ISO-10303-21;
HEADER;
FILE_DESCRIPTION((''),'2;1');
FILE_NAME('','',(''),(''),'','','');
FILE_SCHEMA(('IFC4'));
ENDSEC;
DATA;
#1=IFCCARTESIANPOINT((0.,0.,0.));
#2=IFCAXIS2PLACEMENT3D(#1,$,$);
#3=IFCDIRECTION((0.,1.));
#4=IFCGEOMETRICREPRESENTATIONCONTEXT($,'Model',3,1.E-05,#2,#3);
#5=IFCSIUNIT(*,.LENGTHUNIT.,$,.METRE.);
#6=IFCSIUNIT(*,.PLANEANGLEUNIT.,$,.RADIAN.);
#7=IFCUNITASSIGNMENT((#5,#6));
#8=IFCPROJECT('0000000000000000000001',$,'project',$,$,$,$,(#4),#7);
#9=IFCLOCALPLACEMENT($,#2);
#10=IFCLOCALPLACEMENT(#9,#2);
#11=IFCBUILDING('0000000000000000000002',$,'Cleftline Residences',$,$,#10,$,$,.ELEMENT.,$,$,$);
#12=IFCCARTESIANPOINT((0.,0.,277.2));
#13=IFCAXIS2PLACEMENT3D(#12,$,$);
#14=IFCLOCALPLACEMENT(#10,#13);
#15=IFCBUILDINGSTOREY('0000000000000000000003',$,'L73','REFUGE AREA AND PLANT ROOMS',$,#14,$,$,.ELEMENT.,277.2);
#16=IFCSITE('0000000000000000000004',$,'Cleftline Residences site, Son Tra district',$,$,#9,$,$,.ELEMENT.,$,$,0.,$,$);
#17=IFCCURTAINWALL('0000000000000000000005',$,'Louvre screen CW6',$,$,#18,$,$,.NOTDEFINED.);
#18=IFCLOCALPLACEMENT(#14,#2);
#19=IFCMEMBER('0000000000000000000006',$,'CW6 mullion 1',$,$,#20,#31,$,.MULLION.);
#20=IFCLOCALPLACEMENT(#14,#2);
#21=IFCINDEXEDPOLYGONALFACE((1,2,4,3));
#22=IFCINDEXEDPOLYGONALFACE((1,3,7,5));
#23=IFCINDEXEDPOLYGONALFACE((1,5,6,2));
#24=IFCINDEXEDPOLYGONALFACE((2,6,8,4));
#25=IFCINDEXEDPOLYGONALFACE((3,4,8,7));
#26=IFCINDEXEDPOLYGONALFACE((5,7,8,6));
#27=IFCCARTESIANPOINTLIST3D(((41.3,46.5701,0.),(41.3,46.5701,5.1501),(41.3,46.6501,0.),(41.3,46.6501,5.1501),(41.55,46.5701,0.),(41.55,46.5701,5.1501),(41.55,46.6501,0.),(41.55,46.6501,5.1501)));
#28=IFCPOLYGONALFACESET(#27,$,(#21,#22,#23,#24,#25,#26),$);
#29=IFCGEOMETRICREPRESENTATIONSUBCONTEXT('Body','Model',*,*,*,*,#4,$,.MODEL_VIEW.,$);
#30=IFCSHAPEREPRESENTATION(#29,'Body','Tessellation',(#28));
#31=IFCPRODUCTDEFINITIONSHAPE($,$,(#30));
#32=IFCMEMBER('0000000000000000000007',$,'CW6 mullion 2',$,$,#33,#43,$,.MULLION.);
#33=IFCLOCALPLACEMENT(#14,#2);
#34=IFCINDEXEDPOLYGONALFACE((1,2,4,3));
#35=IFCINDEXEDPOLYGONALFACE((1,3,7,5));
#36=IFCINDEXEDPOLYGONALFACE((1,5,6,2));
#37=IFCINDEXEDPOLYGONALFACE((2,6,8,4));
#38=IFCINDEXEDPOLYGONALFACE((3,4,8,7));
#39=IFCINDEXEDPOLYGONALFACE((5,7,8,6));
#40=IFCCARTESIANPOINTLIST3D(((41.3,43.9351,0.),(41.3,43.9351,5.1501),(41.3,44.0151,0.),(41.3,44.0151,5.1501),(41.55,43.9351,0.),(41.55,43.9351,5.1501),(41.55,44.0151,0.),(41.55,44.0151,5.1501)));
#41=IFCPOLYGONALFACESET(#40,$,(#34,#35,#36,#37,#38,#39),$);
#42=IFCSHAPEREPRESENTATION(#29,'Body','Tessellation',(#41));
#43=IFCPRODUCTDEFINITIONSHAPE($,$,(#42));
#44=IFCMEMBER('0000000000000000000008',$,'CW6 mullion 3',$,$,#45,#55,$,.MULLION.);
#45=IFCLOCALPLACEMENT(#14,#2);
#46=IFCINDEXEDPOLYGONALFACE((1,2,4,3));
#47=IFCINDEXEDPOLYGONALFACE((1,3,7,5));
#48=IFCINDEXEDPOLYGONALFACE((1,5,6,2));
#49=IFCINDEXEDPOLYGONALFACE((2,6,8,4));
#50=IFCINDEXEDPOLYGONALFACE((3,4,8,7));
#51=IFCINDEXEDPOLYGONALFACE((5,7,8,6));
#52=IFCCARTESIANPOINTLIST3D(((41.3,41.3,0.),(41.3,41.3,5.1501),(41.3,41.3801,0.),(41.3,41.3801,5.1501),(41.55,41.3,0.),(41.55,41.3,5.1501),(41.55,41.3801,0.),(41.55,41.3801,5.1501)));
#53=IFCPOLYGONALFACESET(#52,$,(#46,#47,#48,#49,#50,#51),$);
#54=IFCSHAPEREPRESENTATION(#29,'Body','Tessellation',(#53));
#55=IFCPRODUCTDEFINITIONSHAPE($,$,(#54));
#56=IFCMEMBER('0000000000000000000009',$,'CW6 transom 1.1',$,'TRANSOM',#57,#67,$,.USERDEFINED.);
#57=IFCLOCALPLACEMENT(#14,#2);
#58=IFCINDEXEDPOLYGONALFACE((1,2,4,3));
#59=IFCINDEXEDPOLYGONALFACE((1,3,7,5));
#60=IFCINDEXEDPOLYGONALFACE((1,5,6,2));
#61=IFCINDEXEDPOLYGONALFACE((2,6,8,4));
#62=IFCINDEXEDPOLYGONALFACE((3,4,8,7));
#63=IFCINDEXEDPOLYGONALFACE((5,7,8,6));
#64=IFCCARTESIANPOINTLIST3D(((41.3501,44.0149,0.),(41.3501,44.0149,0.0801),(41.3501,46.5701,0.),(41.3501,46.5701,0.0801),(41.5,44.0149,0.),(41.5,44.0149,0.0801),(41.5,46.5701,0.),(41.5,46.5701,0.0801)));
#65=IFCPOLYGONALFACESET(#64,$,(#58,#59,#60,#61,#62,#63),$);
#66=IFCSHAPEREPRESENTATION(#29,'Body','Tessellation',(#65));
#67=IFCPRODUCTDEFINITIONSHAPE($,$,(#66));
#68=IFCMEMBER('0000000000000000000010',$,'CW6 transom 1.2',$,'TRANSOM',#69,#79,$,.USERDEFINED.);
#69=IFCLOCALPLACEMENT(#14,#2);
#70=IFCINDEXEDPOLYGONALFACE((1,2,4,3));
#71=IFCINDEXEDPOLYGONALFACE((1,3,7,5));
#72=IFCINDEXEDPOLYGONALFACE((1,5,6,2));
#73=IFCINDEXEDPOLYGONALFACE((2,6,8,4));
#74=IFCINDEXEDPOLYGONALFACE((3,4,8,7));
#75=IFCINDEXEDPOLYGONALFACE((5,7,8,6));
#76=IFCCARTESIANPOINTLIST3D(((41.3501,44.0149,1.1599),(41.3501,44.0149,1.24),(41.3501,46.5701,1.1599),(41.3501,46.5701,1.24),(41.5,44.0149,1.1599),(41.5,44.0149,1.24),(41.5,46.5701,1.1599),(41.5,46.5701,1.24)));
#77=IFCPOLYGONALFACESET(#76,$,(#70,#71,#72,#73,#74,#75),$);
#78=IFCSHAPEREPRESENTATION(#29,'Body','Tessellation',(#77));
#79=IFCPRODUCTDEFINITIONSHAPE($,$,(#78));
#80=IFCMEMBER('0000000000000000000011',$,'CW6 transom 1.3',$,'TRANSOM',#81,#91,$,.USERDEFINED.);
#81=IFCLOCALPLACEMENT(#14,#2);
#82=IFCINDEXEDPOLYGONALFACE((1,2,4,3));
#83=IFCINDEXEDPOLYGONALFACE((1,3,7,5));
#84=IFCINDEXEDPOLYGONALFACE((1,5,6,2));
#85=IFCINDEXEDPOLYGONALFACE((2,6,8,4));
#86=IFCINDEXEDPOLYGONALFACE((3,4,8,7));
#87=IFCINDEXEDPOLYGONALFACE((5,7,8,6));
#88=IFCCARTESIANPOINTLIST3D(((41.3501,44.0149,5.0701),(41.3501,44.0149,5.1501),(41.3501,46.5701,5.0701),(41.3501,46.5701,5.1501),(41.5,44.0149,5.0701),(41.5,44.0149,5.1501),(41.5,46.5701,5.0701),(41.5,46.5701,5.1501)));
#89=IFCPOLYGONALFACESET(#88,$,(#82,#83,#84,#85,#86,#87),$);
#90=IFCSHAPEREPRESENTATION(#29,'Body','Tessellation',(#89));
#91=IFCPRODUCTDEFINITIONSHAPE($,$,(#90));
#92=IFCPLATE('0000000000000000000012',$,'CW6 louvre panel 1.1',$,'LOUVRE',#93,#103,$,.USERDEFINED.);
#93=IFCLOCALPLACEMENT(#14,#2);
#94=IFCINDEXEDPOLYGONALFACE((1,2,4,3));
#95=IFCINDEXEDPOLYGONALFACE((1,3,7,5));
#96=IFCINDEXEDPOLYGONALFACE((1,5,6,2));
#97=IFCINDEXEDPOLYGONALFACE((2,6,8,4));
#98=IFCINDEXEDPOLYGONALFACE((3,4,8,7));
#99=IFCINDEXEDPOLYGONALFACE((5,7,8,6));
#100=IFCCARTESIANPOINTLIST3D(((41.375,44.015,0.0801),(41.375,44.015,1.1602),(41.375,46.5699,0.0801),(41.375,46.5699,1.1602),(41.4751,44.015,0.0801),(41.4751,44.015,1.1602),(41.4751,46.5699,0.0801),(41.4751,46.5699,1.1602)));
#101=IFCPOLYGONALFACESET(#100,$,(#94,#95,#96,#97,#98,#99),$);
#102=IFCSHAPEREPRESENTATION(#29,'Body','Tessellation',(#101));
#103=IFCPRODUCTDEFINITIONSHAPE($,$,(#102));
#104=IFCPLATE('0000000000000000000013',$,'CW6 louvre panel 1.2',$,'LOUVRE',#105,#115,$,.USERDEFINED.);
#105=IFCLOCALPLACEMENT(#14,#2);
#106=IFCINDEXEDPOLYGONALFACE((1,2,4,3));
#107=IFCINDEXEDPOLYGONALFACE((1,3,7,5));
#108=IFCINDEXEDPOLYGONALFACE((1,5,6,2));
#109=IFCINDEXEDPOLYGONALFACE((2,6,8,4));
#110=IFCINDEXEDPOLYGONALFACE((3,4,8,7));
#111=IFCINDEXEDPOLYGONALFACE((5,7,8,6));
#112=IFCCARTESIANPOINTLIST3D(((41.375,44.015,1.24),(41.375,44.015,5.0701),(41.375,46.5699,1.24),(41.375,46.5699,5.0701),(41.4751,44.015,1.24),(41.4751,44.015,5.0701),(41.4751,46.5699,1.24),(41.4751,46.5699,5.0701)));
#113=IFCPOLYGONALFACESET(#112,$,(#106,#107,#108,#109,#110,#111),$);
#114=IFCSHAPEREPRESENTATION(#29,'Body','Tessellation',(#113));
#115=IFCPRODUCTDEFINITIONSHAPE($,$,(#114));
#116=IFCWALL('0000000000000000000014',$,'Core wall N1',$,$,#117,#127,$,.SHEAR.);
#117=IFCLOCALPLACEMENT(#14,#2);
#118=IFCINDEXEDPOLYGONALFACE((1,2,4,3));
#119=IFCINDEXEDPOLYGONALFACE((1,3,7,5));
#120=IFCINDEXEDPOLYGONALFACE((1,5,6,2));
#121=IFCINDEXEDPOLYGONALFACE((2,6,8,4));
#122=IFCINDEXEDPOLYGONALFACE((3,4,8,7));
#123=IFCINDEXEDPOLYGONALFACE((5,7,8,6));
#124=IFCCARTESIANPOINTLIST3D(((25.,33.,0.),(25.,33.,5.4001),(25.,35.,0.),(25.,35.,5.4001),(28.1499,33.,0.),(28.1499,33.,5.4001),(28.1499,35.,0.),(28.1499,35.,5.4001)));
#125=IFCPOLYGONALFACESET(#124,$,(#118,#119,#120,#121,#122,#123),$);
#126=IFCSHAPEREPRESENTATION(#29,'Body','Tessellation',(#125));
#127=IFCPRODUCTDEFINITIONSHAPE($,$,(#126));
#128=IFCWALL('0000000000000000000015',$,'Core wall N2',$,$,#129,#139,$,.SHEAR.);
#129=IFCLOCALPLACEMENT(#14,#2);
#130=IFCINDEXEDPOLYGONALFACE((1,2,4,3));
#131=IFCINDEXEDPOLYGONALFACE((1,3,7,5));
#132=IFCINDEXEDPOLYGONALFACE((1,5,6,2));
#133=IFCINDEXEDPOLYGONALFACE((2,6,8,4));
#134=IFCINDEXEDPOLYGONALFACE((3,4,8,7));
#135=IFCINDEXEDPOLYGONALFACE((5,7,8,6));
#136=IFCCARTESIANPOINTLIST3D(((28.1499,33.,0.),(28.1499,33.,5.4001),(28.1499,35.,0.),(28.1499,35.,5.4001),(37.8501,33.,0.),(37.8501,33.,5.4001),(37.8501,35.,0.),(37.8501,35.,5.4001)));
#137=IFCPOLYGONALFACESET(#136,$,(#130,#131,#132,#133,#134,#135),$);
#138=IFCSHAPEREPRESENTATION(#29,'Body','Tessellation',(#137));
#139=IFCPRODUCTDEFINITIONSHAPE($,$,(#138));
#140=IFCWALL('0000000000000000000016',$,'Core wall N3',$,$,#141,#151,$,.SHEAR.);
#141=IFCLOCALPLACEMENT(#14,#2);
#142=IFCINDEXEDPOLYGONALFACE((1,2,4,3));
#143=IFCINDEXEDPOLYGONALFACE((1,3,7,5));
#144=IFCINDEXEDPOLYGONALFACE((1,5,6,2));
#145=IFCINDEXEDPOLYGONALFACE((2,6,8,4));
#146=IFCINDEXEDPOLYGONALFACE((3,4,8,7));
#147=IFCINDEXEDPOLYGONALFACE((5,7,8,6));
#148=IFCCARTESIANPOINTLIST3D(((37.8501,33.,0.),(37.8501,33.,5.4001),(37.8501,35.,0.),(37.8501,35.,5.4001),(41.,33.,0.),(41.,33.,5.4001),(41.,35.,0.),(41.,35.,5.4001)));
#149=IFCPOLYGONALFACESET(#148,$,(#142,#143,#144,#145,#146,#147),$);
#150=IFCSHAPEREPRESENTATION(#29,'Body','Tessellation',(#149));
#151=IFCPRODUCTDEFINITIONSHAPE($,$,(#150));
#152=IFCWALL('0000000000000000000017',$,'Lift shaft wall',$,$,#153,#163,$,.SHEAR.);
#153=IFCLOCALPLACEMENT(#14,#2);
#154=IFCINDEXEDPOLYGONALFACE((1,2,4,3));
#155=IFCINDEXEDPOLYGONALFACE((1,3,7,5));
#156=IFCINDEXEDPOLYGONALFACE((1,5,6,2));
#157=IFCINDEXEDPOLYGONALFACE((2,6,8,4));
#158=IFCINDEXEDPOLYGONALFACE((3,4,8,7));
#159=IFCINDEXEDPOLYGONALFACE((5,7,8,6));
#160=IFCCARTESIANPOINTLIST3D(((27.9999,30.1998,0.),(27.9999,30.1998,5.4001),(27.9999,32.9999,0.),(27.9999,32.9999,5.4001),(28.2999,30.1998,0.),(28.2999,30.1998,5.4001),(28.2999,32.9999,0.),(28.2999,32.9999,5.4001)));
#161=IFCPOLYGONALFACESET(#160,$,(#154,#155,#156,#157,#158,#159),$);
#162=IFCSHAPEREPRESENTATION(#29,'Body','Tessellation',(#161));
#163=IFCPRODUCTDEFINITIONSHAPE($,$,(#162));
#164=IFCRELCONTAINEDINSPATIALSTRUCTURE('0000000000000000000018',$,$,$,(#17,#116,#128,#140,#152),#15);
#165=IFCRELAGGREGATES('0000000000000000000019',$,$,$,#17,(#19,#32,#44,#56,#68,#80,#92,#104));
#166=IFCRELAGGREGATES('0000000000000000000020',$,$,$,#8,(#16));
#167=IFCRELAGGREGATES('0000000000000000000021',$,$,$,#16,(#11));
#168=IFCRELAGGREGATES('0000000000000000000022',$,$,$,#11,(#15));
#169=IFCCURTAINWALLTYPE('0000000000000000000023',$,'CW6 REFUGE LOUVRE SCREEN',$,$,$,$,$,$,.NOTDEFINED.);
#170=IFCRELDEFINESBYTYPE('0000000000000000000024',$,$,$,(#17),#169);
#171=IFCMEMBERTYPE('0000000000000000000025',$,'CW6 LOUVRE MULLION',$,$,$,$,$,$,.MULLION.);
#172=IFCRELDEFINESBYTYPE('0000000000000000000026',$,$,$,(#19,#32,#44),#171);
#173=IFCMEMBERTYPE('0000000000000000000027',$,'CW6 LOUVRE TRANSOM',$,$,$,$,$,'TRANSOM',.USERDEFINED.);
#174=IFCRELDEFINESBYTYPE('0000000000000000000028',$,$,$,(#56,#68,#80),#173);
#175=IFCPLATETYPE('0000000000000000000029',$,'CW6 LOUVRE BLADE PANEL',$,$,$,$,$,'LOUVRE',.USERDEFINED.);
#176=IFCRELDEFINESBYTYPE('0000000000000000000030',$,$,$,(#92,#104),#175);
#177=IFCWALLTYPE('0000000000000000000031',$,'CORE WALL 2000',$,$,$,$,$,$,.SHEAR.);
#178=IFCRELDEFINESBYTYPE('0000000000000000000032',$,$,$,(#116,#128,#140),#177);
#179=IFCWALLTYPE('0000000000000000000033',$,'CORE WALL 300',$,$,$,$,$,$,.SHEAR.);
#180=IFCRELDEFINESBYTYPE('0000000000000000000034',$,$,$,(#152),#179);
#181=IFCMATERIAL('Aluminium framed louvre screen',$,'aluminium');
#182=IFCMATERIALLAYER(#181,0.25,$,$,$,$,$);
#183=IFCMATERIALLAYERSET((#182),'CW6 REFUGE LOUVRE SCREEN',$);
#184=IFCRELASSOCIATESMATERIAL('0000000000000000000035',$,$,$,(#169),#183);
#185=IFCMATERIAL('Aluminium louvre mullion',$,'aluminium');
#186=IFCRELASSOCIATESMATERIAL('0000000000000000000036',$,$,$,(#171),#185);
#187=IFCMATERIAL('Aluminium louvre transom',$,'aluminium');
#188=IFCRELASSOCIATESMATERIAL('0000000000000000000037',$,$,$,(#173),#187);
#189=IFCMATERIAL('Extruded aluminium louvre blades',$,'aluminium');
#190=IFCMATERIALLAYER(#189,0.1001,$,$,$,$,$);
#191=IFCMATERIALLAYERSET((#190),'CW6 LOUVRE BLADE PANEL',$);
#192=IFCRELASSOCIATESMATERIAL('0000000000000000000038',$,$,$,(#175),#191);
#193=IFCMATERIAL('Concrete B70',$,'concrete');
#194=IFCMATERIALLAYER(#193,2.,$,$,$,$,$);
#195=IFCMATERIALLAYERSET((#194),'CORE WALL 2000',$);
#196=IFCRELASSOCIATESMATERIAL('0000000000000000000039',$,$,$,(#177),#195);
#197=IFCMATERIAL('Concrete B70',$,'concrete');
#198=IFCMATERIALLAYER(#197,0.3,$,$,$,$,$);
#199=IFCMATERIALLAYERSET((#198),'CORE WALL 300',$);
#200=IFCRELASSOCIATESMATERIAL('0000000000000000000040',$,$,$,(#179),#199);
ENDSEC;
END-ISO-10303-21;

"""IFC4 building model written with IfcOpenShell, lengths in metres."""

from ifc_helpers import new_model, si_unit, direction, frame, frame_2d, origin, origin_2d, place, context, subcontext, project, spatial, rectangle, extrude, material, layer, layer_set, material_profile, profile_set, type_object, element, aggregate, save


model = new_model("IFC4")

# Units and contexts
model_context = context("Model", 3, precision=1e-05, world=origin(), true_north=direction((0.0, 1.0)))
body_context = subcontext(model_context, "Body", "Model", "MODEL_VIEW")
ifc_project = project(units=[si_unit("LENGTHUNIT", "METRE"), si_unit("PLANEANGLEUNIT", "RADIAN")], contexts=[model_context])

# Site, building, storey
site_placement = place(None, origin())
site = spatial("IfcSite", under=ifc_project, at=site_placement, Name="Cleftline Residences site, Son Tra district", CompositionType="ELEMENT", RefElevation=0.0)
building_placement = place(site_placement, origin())
building = spatial("IfcBuilding", under=site, at=building_placement, Name="Cleftline Residences", CompositionType="ELEMENT")
storey_placement = place(building_placement, frame((0.0, 0.0, 277.2)))
storey = spatial("IfcBuildingStorey", under=building, at=storey_placement, Name="L73", Description="REFUGE AREA AND PLANT ROOMS", CompositionType="ELEMENT", Elevation=277.2)

# Curtain wall, members, plates
ifc_material_1 = material(Name="Aluminium framed louvre screen", Category="aluminium")
ifc_layer_1 = layer(ifc_material_1, 0.25)
ifc_layer_set_1 = layer_set([ifc_layer_1], Name="CW6 REFUGE LOUVRE SCREEN")
curtain_wall_type = type_object("IfcCurtainWallType", Name="CW6 REFUGE LOUVRE SCREEN", PredefinedType="NOTDEFINED", material=ifc_layer_set_1)
curtain_wall_placement = place(storey_placement, origin())
curtain_wall = element("IfcCurtainWall", 1, at=curtain_wall_placement, inside=storey, type_object=curtain_wall_type, Name="Louvre screen CW6", PredefinedType="NOTDEFINED")
ifc_material_2 = material(Name="Aluminium louvre mullion", Category="aluminium")
ifc_material_profile_1 = material_profile(ifc_material_2, rectangle(XDim=0.25, YDim=0.0801, at=origin_2d()))
ifc_profile_set_1 = profile_set([ifc_material_profile_1], Name="Aluminium louvre mullion")
member_type_1 = type_object("IfcMemberType", Name="CW6 LOUVRE MULLION", PredefinedType="MULLION", material=ifc_profile_set_1)
member_1_placement = place(storey_placement, frame((41.425, 46.6101, 0.0), z_axis=(0.0, 0.0, 1.0), x_axis=(1.0, 0.0, 0.0)))
member_1 = element("IfcMember", 2, at=member_1_placement, type_object=member_type_1, Name="CW6 mullion 1", PredefinedType="MULLION", context=body_context, shape_type="SweptSolid", body=[
    extrude(rectangle(XDim=0.25, YDim=0.0801, at=origin_2d()), origin(), (0.0, 0.0, 1.0), 5.1501),
])
member_2_placement = place(storey_placement, frame((41.425, 43.9751, 0.0), z_axis=(0.0, 0.0, 1.0), x_axis=(1.0, 0.0, 0.0)))
member_2 = element("IfcMember", 3, at=member_2_placement, type_object=member_type_1, Name="CW6 mullion 2", PredefinedType="MULLION", context=body_context, shape_type="SweptSolid", body=[
    extrude(rectangle(XDim=0.25, YDim=0.0801, at=origin_2d()), origin(), (0.0, 0.0, 1.0), 5.1501),
])
member_3_placement = place(storey_placement, frame((41.425, 41.3401, 0.0), z_axis=(0.0, 0.0, 1.0), x_axis=(1.0, 0.0, 0.0)))
member_3 = element("IfcMember", 4, at=member_3_placement, type_object=member_type_1, Name="CW6 mullion 3", PredefinedType="MULLION", context=body_context, shape_type="SweptSolid", body=[
    extrude(rectangle(XDim=0.25, YDim=0.0801, at=origin_2d()), origin(), (0.0, 0.0, 1.0), 5.1501),
])
ifc_material_3 = material(Name="Aluminium louvre transom", Category="aluminium")
ifc_material_profile_2 = material_profile(ifc_material_3, rectangle(XDim=0.1499, YDim=0.0801, at=origin_2d()))
ifc_profile_set_2 = profile_set([ifc_material_profile_2], Name="Aluminium louvre transom")
member_type_2 = type_object("IfcMemberType", Name="CW6 LOUVRE TRANSOM", ElementType="TRANSOM", PredefinedType="USERDEFINED", material=ifc_profile_set_2)
member_4_placement = place(storey_placement, frame((41.425, 46.5701, 0.04), z_axis=(0.0, -1.0, 0.0), x_axis=(1.0, 0.0, 0.0)))
member_4 = element("IfcMember", 5, at=member_4_placement, type_object=member_type_2, Name="CW6 transom 1.1", ObjectType="TRANSOM", PredefinedType="USERDEFINED", context=body_context, shape_type="SweptSolid", body=[
    extrude(rectangle(XDim=0.1499, YDim=0.0801, at=origin_2d()), origin(), (0.0, 0.0, 1.0), 2.5552),
])
member_5_placement = place(storey_placement, frame((41.425, 46.5701, 1.2), z_axis=(0.0, -1.0, 0.0), x_axis=(1.0, 0.0, 0.0)))
member_5 = element("IfcMember", 6, at=member_5_placement, type_object=member_type_2, Name="CW6 transom 1.2", ObjectType="TRANSOM", PredefinedType="USERDEFINED", context=body_context, shape_type="SweptSolid", body=[
    extrude(rectangle(XDim=0.1499, YDim=0.0801, at=origin_2d()), origin(), (0.0, 0.0, 1.0), 2.5552),
])
member_6_placement = place(storey_placement, frame((41.425, 46.5701, 5.1101), z_axis=(0.0, -1.0, 0.0), x_axis=(1.0, 0.0, 0.0)))
member_6 = element("IfcMember", 7, at=member_6_placement, type_object=member_type_2, Name="CW6 transom 1.3", ObjectType="TRANSOM", PredefinedType="USERDEFINED", context=body_context, shape_type="SweptSolid", body=[
    extrude(rectangle(XDim=0.1499, YDim=0.0801, at=origin_2d()), origin(), (0.0, 0.0, 1.0), 2.5552),
])
ifc_material_4 = material(Name="Extruded aluminium louvre blades", Category="aluminium")
ifc_layer_2 = layer(ifc_material_4, 0.1001)
ifc_layer_set_2 = layer_set([ifc_layer_2], Name="CW6 LOUVRE BLADE PANEL")
plate_type = type_object("IfcPlateType", Name="CW6 LOUVRE BLADE PANEL", ElementType="LOUVRE", PredefinedType="USERDEFINED", material=ifc_layer_set_2)
plate_1_placement = place(storey_placement, frame((41.425, 45.2925, 0.0801), z_axis=(0.0, 0.0, 1.0), x_axis=(0.0, -1.0, 0.0)))
plate_1 = element("IfcPlate", 8, at=plate_1_placement, type_object=plate_type, Name="CW6 louvre panel 1.1", ObjectType="LOUVRE", PredefinedType="USERDEFINED", context=body_context, shape_type="SweptSolid", body=[
    extrude(rectangle(XDim=2.5549, YDim=0.1001, at=origin_2d()), origin(), (0.0, 0.0, 1.0), 1.0801),
])
plate_2_placement = place(storey_placement, frame((41.425, 45.2925, 1.24), z_axis=(0.0, 0.0, 1.0), x_axis=(0.0, -1.0, 0.0)))
plate_2 = element("IfcPlate", 9, at=plate_2_placement, type_object=plate_type, Name="CW6 louvre panel 1.2", ObjectType="LOUVRE", PredefinedType="USERDEFINED", context=body_context, shape_type="SweptSolid", body=[
    extrude(rectangle(XDim=2.5549, YDim=0.1001, at=origin_2d()), origin(), (0.0, 0.0, 1.0), 3.8301),
])
aggregate(curtain_wall, [member_1, member_2, member_3, member_4, member_5, member_6, plate_1, plate_2])

# Walls
ifc_material_5 = material(Name="Concrete B70", Category="concrete")
ifc_layer_3 = layer(ifc_material_5, 2.0)
ifc_layer_set_3 = layer_set([ifc_layer_3], Name="CORE WALL 2000")
wall_type_1 = type_object("IfcWallType", Name="CORE WALL 2000", PredefinedType="SHEAR", material=ifc_layer_set_3)
wall_1_placement = place(storey_placement, frame((25.0, 34.0, 0.0), z_axis=(0.0, 0.0, 1.0), x_axis=(1.0, 0.0, 0.0)))
element("IfcWall", 10, at=wall_1_placement, inside=storey, type_object=wall_type_1, Name="Core wall N1", PredefinedType="SHEAR", context=body_context, shape_type="SweptSolid", body=[
    extrude(rectangle(XDim=3.1499, YDim=2.0, at=frame_2d((1.575, 0.0))), origin(), (0.0, 0.0, 1.0), 5.4001),
])
wall_2_placement = place(storey_placement, frame((28.1499, 34.0, 0.0), z_axis=(0.0, 0.0, 1.0), x_axis=(1.0, 0.0, 0.0)))
element("IfcWall", 11, at=wall_2_placement, inside=storey, type_object=wall_type_1, Name="Core wall N2", PredefinedType="SHEAR", context=body_context, shape_type="SweptSolid", body=[
    extrude(rectangle(XDim=9.7002, YDim=2.0, at=frame_2d((4.8501, 0.0))), origin(), (0.0, 0.0, 1.0), 5.4001),
])
wall_3_placement = place(storey_placement, frame((37.8501, 34.0, 0.0), z_axis=(0.0, 0.0, 1.0), x_axis=(1.0, 0.0, 0.0)))
element("IfcWall", 12, at=wall_3_placement, inside=storey, type_object=wall_type_1, Name="Core wall N3", PredefinedType="SHEAR", context=body_context, shape_type="SweptSolid", body=[
    extrude(rectangle(XDim=3.1499, YDim=2.0, at=frame_2d((1.575, 0.0))), origin(), (0.0, 0.0, 1.0), 5.4001),
])
ifc_material_6 = material(Name="Concrete B70", Category="concrete")
ifc_layer_4 = layer(ifc_material_6, 0.3)
ifc_layer_set_4 = layer_set([ifc_layer_4], Name="CORE WALL 300")
wall_type_2 = type_object("IfcWallType", Name="CORE WALL 300", PredefinedType="SHEAR", material=ifc_layer_set_4)
wall_4_placement = place(storey_placement, frame((28.1499, 30.2, 0.0), z_axis=(0.0, 0.0, 1.0), x_axis=(0.0, 1.0, 0.0)))
element("IfcWall", 13, at=wall_4_placement, inside=storey, type_object=wall_type_2, Name="Lift shaft wall", PredefinedType="SHEAR", context=body_context, shape_type="SweptSolid", body=[
    extrude(rectangle(XDim=2.8, YDim=0.3, at=frame_2d((1.3999, 0.0))), origin(), (0.0, 0.0, 1.0), 5.4001),
])

save(model, "model.ifc")
